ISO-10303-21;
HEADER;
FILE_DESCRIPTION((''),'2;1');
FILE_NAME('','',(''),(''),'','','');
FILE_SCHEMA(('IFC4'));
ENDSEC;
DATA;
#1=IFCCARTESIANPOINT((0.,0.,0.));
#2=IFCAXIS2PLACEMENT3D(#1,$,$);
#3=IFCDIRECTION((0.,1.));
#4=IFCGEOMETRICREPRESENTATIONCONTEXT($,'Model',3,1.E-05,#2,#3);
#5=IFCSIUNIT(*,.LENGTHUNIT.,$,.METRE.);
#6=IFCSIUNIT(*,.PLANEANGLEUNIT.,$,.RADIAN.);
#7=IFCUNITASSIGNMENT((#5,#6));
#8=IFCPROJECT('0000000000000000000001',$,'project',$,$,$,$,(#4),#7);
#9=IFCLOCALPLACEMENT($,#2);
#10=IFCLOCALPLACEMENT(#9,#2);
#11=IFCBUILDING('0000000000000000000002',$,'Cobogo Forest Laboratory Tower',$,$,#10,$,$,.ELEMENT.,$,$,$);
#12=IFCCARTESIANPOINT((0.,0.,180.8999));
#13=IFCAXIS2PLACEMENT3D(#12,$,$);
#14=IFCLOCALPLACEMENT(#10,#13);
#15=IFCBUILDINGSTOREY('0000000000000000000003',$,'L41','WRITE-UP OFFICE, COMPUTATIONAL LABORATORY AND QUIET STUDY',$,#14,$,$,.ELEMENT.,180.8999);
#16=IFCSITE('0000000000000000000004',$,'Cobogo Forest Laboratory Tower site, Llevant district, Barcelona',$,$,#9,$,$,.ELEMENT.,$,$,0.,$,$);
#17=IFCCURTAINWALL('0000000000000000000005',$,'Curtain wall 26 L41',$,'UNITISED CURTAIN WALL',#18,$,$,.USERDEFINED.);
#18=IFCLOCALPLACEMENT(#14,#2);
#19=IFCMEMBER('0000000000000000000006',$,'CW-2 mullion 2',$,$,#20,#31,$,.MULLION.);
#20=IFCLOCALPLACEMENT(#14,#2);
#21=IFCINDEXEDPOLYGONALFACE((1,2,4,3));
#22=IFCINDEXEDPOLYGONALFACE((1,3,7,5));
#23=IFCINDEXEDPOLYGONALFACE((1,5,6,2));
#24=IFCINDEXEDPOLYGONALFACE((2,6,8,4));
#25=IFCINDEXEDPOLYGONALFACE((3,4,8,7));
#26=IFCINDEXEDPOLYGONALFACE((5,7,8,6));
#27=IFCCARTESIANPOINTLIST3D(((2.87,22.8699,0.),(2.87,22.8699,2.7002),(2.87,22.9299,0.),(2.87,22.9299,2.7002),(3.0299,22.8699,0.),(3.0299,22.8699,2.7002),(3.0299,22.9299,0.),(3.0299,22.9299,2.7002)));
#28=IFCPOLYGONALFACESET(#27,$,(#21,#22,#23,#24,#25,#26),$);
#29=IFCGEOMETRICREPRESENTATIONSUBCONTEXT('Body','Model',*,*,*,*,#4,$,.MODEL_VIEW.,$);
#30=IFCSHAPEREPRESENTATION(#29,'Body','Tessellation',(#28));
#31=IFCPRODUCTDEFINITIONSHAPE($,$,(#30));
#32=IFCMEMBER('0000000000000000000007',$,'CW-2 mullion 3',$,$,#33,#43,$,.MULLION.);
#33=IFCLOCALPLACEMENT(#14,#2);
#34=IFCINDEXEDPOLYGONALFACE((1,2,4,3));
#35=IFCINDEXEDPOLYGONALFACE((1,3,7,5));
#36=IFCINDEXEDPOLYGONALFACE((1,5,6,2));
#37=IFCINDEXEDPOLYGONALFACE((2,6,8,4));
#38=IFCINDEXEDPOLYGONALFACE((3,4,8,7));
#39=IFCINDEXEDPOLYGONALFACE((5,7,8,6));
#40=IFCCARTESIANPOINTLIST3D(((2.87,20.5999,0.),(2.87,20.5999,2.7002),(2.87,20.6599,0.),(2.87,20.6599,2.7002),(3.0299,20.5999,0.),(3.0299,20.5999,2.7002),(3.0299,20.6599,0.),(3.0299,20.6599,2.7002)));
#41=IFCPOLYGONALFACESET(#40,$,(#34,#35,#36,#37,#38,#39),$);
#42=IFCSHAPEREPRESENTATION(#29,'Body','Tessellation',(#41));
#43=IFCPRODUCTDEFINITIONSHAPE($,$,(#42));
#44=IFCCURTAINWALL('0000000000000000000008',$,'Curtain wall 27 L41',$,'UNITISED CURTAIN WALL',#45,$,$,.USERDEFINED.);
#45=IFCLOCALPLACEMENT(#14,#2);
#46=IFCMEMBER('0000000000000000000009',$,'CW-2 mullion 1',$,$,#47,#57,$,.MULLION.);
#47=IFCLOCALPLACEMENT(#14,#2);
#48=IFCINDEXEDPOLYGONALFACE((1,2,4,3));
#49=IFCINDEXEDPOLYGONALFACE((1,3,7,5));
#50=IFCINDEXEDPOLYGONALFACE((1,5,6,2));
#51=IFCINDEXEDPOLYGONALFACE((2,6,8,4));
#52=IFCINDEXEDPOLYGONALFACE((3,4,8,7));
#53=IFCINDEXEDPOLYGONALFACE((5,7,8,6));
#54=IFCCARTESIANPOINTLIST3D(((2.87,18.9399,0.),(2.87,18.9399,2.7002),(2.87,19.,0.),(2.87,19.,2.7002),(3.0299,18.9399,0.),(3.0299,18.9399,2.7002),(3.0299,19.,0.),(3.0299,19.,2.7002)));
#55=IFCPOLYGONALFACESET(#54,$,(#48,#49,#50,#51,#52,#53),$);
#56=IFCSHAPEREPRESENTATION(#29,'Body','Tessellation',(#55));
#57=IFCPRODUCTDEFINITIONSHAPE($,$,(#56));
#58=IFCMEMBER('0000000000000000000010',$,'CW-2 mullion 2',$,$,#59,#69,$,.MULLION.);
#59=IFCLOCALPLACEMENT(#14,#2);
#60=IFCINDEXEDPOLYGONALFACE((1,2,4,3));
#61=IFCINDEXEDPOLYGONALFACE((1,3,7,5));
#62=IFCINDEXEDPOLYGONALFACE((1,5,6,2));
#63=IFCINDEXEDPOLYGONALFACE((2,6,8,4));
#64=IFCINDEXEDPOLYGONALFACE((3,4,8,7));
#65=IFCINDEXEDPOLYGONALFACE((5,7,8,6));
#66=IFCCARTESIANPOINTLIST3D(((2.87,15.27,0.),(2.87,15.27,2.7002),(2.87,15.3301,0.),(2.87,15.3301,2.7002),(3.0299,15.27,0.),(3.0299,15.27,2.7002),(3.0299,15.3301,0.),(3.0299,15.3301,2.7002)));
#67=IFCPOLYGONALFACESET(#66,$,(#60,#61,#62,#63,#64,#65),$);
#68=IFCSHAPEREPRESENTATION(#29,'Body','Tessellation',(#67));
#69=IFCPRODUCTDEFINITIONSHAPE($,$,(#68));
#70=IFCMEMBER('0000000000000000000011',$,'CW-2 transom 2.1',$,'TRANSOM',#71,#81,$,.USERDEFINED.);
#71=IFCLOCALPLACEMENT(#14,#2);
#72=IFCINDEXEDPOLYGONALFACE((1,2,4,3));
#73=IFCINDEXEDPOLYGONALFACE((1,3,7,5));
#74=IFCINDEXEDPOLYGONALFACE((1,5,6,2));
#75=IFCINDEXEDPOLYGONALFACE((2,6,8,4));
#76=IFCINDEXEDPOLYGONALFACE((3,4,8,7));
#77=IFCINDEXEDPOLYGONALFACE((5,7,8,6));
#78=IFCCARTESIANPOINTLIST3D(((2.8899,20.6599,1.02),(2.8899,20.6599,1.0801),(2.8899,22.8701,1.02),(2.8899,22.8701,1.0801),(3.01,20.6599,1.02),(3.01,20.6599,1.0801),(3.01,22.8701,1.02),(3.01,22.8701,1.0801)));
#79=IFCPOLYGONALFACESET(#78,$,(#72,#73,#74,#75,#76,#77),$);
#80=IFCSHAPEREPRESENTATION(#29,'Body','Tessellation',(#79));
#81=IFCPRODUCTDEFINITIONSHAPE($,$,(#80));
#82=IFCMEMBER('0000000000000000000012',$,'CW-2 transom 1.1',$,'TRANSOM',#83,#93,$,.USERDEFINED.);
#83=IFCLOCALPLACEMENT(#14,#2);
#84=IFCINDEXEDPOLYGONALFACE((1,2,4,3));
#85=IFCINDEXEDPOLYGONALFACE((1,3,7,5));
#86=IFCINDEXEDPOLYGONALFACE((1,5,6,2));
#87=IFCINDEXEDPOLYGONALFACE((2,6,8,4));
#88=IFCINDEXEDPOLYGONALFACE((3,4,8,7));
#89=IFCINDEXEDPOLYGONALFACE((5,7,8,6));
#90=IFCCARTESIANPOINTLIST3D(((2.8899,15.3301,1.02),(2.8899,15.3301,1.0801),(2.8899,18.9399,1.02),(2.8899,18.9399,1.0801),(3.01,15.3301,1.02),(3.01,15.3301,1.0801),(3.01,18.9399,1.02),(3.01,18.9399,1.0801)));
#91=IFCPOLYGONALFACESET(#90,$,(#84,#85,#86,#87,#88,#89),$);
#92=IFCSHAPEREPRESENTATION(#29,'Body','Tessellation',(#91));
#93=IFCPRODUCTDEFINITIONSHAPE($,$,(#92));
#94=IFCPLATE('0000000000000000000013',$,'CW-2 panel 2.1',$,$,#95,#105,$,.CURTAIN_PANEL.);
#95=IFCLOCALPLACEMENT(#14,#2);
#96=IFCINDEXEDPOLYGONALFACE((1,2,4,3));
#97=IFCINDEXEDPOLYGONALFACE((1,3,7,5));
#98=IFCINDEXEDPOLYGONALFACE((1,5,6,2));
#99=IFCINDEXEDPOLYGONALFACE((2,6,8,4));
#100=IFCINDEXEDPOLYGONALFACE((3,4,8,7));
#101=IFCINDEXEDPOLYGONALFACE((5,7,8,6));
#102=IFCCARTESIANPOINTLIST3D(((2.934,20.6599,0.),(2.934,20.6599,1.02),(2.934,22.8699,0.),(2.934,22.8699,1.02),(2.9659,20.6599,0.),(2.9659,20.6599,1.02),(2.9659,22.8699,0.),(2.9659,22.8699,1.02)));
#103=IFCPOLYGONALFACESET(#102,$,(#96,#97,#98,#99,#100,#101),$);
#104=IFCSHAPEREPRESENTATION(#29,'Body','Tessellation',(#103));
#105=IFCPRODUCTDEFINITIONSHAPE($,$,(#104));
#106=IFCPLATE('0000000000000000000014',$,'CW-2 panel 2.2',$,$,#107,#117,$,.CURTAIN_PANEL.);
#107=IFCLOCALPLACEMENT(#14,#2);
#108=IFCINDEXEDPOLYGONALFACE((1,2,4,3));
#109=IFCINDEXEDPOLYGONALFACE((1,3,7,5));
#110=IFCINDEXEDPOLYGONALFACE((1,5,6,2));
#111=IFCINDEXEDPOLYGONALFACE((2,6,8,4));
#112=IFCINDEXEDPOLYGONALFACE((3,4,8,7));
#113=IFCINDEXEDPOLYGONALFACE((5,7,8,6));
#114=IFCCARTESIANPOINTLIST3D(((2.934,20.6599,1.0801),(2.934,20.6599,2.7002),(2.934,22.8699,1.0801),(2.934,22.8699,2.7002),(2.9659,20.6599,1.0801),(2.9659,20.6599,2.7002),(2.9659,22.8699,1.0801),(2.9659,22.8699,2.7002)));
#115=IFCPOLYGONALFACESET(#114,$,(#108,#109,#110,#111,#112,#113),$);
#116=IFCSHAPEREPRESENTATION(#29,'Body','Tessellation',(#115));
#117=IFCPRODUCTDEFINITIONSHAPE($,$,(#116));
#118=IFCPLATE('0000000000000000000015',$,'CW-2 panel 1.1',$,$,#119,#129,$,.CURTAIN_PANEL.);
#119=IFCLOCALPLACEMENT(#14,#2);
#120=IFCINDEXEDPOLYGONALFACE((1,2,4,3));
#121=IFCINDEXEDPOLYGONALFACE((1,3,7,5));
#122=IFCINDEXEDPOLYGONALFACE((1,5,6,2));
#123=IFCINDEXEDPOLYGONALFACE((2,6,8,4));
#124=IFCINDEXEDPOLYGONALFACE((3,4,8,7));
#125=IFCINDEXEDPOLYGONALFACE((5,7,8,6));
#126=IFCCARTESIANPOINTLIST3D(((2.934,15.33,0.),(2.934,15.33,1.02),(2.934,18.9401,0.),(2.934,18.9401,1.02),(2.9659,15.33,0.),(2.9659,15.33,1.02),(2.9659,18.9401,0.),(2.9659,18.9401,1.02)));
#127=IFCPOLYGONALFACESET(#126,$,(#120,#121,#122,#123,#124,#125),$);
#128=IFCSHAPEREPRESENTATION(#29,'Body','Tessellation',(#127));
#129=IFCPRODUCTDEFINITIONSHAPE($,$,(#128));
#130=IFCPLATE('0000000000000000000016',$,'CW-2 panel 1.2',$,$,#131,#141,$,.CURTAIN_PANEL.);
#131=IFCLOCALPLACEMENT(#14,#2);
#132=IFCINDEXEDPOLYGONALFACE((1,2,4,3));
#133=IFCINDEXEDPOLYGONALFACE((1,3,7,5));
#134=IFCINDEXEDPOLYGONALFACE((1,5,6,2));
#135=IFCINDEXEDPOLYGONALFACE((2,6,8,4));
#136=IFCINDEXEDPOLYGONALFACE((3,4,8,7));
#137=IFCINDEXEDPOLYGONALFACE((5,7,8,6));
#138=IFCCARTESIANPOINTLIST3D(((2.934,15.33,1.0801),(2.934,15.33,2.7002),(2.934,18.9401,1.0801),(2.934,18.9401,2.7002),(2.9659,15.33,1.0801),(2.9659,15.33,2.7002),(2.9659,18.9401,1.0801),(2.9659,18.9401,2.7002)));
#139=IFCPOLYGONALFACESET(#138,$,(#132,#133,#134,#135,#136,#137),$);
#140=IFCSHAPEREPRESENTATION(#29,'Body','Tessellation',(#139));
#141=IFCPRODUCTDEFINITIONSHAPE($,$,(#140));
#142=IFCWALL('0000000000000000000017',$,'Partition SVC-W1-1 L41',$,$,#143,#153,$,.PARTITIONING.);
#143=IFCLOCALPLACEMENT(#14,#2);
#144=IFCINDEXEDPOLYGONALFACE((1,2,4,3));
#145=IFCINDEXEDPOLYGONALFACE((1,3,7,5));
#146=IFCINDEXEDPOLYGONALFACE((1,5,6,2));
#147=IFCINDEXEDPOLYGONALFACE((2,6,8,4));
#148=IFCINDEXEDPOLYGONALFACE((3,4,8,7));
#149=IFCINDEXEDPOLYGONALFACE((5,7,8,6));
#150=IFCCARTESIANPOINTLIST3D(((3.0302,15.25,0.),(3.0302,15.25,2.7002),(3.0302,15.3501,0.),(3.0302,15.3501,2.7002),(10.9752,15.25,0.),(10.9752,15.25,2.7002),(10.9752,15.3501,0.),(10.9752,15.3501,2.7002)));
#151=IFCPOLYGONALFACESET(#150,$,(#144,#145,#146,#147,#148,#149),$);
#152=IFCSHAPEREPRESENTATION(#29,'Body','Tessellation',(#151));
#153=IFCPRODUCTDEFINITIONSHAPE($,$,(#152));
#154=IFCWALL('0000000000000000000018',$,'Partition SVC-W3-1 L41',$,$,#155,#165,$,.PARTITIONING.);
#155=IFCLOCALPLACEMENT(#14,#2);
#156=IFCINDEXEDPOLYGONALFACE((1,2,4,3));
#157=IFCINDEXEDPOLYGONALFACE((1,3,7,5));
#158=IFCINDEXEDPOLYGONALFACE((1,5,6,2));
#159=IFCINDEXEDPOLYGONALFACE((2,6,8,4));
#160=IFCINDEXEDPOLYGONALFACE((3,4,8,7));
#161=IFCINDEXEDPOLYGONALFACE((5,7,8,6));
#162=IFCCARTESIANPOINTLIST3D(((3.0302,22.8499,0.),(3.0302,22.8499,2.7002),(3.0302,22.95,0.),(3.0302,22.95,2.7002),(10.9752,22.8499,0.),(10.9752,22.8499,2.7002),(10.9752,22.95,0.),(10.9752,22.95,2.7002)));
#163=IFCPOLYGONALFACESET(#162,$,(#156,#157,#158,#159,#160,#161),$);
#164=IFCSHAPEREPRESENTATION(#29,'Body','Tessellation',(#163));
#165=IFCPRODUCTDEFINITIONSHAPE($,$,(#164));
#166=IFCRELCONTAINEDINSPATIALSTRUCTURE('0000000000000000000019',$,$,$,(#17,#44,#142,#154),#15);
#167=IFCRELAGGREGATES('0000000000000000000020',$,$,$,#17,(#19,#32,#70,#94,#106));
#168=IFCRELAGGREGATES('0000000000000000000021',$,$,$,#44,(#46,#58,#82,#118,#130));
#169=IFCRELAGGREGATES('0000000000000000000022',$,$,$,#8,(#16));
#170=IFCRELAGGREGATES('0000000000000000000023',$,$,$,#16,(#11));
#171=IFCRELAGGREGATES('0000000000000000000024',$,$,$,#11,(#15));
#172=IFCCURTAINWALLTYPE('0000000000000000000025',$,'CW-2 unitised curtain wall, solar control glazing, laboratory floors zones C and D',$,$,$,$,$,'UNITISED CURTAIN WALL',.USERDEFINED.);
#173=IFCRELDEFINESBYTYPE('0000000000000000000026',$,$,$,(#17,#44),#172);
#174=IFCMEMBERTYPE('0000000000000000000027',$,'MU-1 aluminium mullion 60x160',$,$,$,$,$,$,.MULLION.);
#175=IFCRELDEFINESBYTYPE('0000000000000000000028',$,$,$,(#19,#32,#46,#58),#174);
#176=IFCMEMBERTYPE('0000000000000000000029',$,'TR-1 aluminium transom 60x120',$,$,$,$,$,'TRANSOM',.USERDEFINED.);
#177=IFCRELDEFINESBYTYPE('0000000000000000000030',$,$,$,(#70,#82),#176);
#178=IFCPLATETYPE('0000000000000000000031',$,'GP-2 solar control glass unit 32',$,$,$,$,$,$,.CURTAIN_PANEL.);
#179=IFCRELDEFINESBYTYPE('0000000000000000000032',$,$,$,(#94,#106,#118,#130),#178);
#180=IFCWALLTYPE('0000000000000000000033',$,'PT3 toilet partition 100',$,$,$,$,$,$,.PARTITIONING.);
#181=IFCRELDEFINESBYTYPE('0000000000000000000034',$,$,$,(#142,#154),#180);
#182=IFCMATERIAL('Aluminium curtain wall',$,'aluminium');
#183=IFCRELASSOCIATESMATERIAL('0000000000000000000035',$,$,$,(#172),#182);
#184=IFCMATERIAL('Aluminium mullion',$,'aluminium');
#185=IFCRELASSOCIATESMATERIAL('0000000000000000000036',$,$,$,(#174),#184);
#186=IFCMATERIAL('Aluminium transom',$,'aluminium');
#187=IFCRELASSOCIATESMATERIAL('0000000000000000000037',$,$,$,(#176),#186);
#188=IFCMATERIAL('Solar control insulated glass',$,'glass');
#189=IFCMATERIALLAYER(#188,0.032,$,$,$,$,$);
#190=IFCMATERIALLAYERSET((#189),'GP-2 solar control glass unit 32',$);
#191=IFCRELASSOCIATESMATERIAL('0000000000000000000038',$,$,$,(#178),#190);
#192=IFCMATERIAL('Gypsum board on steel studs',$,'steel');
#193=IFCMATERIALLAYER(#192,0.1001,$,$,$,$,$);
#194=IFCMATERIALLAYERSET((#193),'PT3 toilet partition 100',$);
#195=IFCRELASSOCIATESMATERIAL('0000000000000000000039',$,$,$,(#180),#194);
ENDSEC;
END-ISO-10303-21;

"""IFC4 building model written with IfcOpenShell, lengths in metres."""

from ifc_helpers import new_model, si_unit, direction, frame, frame_2d, origin, origin_2d, place, context, subcontext, project, spatial, rectangle, extrude, material, layer, layer_set, material_profile, profile_set, type_object, element, aggregate, save


model = new_model("IFC4")

# Units and contexts
model_context = context("Model", 3, precision=1e-05, world=origin(), true_north=direction((0.0, 1.0)))
body_context = subcontext(model_context, "Body", "Model", "MODEL_VIEW")
ifc_project = project(units=[si_unit("LENGTHUNIT", "METRE"), si_unit("PLANEANGLEUNIT", "RADIAN")], contexts=[model_context])

# Site, building, storey
site_placement = place(None, origin())
site = spatial("IfcSite", under=ifc_project, at=site_placement, Name="Cobogo Forest Laboratory Tower site, Llevant district, Barcelona", CompositionType="ELEMENT", RefElevation=0.0)
building_placement = place(site_placement, origin())
building = spatial("IfcBuilding", under=site, at=building_placement, Name="Cobogo Forest Laboratory Tower", CompositionType="ELEMENT")
storey_placement = place(building_placement, frame((0.0, 0.0, 180.8999)))
storey = spatial("IfcBuildingStorey", under=building, at=storey_placement, Name="L41", Description="WRITE-UP OFFICE, COMPUTATIONAL LABORATORY AND QUIET STUDY", CompositionType="ELEMENT", Elevation=180.8999)

# Curtain walls, members
ifc_material_1 = material(Name="Aluminium curtain wall", Category="aluminium")
curtain_wall_type = type_object("IfcCurtainWallType", Name="CW-2 unitised curtain wall, solar control glazing, laboratory floors zones C and D", ElementType="UNITISED CURTAIN WALL", PredefinedType="USERDEFINED", material=ifc_material_1)
curtain_wall_1_placement = place(storey_placement, origin())
curtain_wall_1 = element("IfcCurtainWall", 1, at=curtain_wall_1_placement, inside=storey, type_object=curtain_wall_type, Name="Curtain wall 26 L41", ObjectType="UNITISED CURTAIN WALL", PredefinedType="USERDEFINED")
ifc_material_2 = material(Name="Aluminium mullion", Category="aluminium")
ifc_material_profile_1 = material_profile(ifc_material_2, rectangle(XDim=0.0601, YDim=0.1599, at=origin_2d()), Name="AL 60x160")
ifc_profile_set_1 = profile_set([ifc_material_profile_1], Name="Aluminium mullion")
member_type_1 = type_object("IfcMemberType", Name="MU-1 aluminium mullion 60x160", PredefinedType="MULLION", material=ifc_profile_set_1)
member_1_placement = place(storey_placement, frame((2.95, 22.8999, 0.0), z_axis=(0.0, 0.0, 1.0), x_axis=(0.0, -1.0, 0.0)))
member_1 = element("IfcMember", 2, at=member_1_placement, type_object=member_type_1, Name="CW-2 mullion 2", PredefinedType="MULLION", context=body_context, shape_type="SweptSolid", body=[
    extrude(rectangle(XDim=0.0601, YDim=0.1599, at=origin_2d()), origin(), (0.0, 0.0, 1.0), 2.7002),
])
member_2_placement = place(storey_placement, frame((2.95, 20.6299, 0.0), z_axis=(0.0, 0.0, 1.0), x_axis=(0.0, -1.0, 0.0)))
member_2 = element("IfcMember", 3, at=member_2_placement, type_object=member_type_1, Name="CW-2 mullion 3", PredefinedType="MULLION", context=body_context, shape_type="SweptSolid", body=[
    extrude(rectangle(XDim=0.0601, YDim=0.1599, at=origin_2d()), origin(), (0.0, 0.0, 1.0), 2.7002),
])
curtain_wall_2_placement = place(storey_placement, origin())
curtain_wall_2 = element("IfcCurtainWall", 4, at=curtain_wall_2_placement, inside=storey, type_object=curtain_wall_type, Name="Curtain wall 27 L41", ObjectType="UNITISED CURTAIN WALL", PredefinedType="USERDEFINED")
member_3_placement = place(storey_placement, frame((2.95, 18.97, 0.0), z_axis=(0.0, 0.0, 1.0), x_axis=(0.0, -1.0, 0.0)))
member_3 = element("IfcMember", 5, at=member_3_placement, type_object=member_type_1, Name="CW-2 mullion 1", PredefinedType="MULLION", context=body_context, shape_type="SweptSolid", body=[
    extrude(rectangle(XDim=0.0601, YDim=0.1599, at=origin_2d()), origin(), (0.0, 0.0, 1.0), 2.7002),
])
member_4_placement = place(storey_placement, frame((2.95, 15.3, 0.0), z_axis=(0.0, 0.0, 1.0), x_axis=(0.0, -1.0, 0.0)))
member_4 = element("IfcMember", 6, at=member_4_placement, type_object=member_type_1, Name="CW-2 mullion 2", PredefinedType="MULLION", context=body_context, shape_type="SweptSolid", body=[
    extrude(rectangle(XDim=0.0601, YDim=0.1599, at=origin_2d()), origin(), (0.0, 0.0, 1.0), 2.7002),
])

# Members
ifc_material_3 = material(Name="Aluminium transom", Category="aluminium")
ifc_material_profile_2 = material_profile(ifc_material_3, rectangle(XDim=0.1201, YDim=0.0601, at=origin_2d()), Name="AL 60x120")
ifc_profile_set_2 = profile_set([ifc_material_profile_2], Name="Aluminium transom")
member_type_2 = type_object("IfcMemberType", Name="TR-1 aluminium transom 60x120", ElementType="TRANSOM", PredefinedType="USERDEFINED", material=ifc_profile_set_2)
member_5_placement = place(storey_placement, frame((2.95, 22.8701, 1.05), z_axis=(0.0, -1.0, 0.0), x_axis=(1.0, 0.0, 0.0)))
member_5 = element("IfcMember", 7, at=member_5_placement, type_object=member_type_2, Name="CW-2 transom 2.1", ObjectType="TRANSOM", PredefinedType="USERDEFINED", context=body_context, shape_type="SweptSolid", body=[
    extrude(rectangle(XDim=0.1201, YDim=0.0601, at=origin_2d()), origin(), (0.0, 0.0, 1.0), 2.2102),
])
member_6_placement = place(storey_placement, frame((2.95, 18.9399, 1.05), z_axis=(0.0, -1.0, 0.0), x_axis=(1.0, 0.0, 0.0)))
member_6 = element("IfcMember", 8, at=member_6_placement, type_object=member_type_2, Name="CW-2 transom 1.1", ObjectType="TRANSOM", PredefinedType="USERDEFINED", context=body_context, shape_type="SweptSolid", body=[
    extrude(rectangle(XDim=0.1201, YDim=0.0601, at=origin_2d()), origin(), (0.0, 0.0, 1.0), 3.6099),
])

# Plates
ifc_material_4 = material(Name="Solar control insulated glass", Category="glass")
ifc_layer_1 = layer(ifc_material_4, 0.032)
ifc_layer_set_1 = layer_set([ifc_layer_1], Name="GP-2 solar control glass unit 32")
plate_type_1 = type_object("IfcPlateType", Name="GP-2 solar control glass unit 32", PredefinedType="CURTAIN_PANEL", material=ifc_layer_set_1)
plate_1_placement = place(storey_placement, frame((2.95, 21.7649, 0.0), z_axis=(0.0, 0.0, 1.0), x_axis=(0.0, -1.0, 0.0)))
plate_1 = element("IfcPlate", 9, at=plate_1_placement, type_object=plate_type_1, Name="CW-2 panel 2.1", PredefinedType="CURTAIN_PANEL", context=body_context, shape_type="SweptSolid", body=[
    extrude(rectangle(XDim=2.21, YDim=0.032, at=origin_2d()), origin(), (0.0, 0.0, 1.0), 1.02),
])
plate_2_placement = place(storey_placement, frame((2.95, 21.7649, 1.0801), z_axis=(0.0, 0.0, 1.0), x_axis=(0.0, -1.0, 0.0)))
plate_2 = element("IfcPlate", 10, at=plate_2_placement, type_object=plate_type_1, Name="CW-2 panel 2.2", PredefinedType="CURTAIN_PANEL", context=body_context, shape_type="SweptSolid", body=[
    extrude(rectangle(XDim=2.21, YDim=0.032, at=origin_2d()), origin(), (0.0, 0.0, 1.0), 1.6201),
])
aggregate(curtain_wall_1, [member_1, member_2, member_5, plate_1, plate_2])
plate_3_placement = place(storey_placement, frame((2.95, 17.135, 0.0), z_axis=(0.0, 0.0, 1.0), x_axis=(0.0, -1.0, 0.0)))
plate_3 = element("IfcPlate", 11, at=plate_3_placement, type_object=plate_type_1, Name="CW-2 panel 1.1", PredefinedType="CURTAIN_PANEL", context=body_context, shape_type="SweptSolid", body=[
    extrude(rectangle(XDim=3.6101, YDim=0.032, at=origin_2d()), origin(), (0.0, 0.0, 1.0), 1.02),
])
plate_4_placement = place(storey_placement, frame((2.95, 17.135, 1.0801), z_axis=(0.0, 0.0, 1.0), x_axis=(0.0, -1.0, 0.0)))
plate_4 = element("IfcPlate", 12, at=plate_4_placement, type_object=plate_type_1, Name="CW-2 panel 1.2", PredefinedType="CURTAIN_PANEL", context=body_context, shape_type="SweptSolid", body=[
    extrude(rectangle(XDim=3.6101, YDim=0.032, at=origin_2d()), origin(), (0.0, 0.0, 1.0), 1.6201),
])
aggregate(curtain_wall_2, [member_3, member_4, member_6, plate_3, plate_4])

# Walls
ifc_material_5 = material(Name="Gypsum board on steel studs", Category="steel")
ifc_layer_2 = layer(ifc_material_5, 0.1001)
ifc_layer_set_2 = layer_set([ifc_layer_2], Name="PT3 toilet partition 100")
wall_type = type_object("IfcWallType", Name="PT3 toilet partition 100", PredefinedType="PARTITIONING", material=ifc_layer_set_2)
for number, where, z_axis, x_axis, name in (
    (13, (3.03, 15.3, 0.0), (0.0, 0.0, 1.0), (1.0, 0.0, 0.0), "Partition SVC-W1-1 L41"),
    (14, (3.03, 22.8999, 0.0), (0.0, 0.0, 1.0), (1.0, 0.0, 0.0), "Partition SVC-W3-1 L41"),
):
    element("IfcWall", number, at=place(storey_placement, frame(where, z_axis=z_axis, x_axis=x_axis)), inside=storey, type_object=wall_type, Name=name, PredefinedType="PARTITIONING", context=body_context, shape_type="SweptSolid", body=[
        extrude(rectangle(XDim=7.9451, YDim=0.1001, at=frame_2d((3.9727, 0.0))), origin(), (0.0, 0.0, 1.0), 2.7002),
    ])

save(model, "model.ifc")
